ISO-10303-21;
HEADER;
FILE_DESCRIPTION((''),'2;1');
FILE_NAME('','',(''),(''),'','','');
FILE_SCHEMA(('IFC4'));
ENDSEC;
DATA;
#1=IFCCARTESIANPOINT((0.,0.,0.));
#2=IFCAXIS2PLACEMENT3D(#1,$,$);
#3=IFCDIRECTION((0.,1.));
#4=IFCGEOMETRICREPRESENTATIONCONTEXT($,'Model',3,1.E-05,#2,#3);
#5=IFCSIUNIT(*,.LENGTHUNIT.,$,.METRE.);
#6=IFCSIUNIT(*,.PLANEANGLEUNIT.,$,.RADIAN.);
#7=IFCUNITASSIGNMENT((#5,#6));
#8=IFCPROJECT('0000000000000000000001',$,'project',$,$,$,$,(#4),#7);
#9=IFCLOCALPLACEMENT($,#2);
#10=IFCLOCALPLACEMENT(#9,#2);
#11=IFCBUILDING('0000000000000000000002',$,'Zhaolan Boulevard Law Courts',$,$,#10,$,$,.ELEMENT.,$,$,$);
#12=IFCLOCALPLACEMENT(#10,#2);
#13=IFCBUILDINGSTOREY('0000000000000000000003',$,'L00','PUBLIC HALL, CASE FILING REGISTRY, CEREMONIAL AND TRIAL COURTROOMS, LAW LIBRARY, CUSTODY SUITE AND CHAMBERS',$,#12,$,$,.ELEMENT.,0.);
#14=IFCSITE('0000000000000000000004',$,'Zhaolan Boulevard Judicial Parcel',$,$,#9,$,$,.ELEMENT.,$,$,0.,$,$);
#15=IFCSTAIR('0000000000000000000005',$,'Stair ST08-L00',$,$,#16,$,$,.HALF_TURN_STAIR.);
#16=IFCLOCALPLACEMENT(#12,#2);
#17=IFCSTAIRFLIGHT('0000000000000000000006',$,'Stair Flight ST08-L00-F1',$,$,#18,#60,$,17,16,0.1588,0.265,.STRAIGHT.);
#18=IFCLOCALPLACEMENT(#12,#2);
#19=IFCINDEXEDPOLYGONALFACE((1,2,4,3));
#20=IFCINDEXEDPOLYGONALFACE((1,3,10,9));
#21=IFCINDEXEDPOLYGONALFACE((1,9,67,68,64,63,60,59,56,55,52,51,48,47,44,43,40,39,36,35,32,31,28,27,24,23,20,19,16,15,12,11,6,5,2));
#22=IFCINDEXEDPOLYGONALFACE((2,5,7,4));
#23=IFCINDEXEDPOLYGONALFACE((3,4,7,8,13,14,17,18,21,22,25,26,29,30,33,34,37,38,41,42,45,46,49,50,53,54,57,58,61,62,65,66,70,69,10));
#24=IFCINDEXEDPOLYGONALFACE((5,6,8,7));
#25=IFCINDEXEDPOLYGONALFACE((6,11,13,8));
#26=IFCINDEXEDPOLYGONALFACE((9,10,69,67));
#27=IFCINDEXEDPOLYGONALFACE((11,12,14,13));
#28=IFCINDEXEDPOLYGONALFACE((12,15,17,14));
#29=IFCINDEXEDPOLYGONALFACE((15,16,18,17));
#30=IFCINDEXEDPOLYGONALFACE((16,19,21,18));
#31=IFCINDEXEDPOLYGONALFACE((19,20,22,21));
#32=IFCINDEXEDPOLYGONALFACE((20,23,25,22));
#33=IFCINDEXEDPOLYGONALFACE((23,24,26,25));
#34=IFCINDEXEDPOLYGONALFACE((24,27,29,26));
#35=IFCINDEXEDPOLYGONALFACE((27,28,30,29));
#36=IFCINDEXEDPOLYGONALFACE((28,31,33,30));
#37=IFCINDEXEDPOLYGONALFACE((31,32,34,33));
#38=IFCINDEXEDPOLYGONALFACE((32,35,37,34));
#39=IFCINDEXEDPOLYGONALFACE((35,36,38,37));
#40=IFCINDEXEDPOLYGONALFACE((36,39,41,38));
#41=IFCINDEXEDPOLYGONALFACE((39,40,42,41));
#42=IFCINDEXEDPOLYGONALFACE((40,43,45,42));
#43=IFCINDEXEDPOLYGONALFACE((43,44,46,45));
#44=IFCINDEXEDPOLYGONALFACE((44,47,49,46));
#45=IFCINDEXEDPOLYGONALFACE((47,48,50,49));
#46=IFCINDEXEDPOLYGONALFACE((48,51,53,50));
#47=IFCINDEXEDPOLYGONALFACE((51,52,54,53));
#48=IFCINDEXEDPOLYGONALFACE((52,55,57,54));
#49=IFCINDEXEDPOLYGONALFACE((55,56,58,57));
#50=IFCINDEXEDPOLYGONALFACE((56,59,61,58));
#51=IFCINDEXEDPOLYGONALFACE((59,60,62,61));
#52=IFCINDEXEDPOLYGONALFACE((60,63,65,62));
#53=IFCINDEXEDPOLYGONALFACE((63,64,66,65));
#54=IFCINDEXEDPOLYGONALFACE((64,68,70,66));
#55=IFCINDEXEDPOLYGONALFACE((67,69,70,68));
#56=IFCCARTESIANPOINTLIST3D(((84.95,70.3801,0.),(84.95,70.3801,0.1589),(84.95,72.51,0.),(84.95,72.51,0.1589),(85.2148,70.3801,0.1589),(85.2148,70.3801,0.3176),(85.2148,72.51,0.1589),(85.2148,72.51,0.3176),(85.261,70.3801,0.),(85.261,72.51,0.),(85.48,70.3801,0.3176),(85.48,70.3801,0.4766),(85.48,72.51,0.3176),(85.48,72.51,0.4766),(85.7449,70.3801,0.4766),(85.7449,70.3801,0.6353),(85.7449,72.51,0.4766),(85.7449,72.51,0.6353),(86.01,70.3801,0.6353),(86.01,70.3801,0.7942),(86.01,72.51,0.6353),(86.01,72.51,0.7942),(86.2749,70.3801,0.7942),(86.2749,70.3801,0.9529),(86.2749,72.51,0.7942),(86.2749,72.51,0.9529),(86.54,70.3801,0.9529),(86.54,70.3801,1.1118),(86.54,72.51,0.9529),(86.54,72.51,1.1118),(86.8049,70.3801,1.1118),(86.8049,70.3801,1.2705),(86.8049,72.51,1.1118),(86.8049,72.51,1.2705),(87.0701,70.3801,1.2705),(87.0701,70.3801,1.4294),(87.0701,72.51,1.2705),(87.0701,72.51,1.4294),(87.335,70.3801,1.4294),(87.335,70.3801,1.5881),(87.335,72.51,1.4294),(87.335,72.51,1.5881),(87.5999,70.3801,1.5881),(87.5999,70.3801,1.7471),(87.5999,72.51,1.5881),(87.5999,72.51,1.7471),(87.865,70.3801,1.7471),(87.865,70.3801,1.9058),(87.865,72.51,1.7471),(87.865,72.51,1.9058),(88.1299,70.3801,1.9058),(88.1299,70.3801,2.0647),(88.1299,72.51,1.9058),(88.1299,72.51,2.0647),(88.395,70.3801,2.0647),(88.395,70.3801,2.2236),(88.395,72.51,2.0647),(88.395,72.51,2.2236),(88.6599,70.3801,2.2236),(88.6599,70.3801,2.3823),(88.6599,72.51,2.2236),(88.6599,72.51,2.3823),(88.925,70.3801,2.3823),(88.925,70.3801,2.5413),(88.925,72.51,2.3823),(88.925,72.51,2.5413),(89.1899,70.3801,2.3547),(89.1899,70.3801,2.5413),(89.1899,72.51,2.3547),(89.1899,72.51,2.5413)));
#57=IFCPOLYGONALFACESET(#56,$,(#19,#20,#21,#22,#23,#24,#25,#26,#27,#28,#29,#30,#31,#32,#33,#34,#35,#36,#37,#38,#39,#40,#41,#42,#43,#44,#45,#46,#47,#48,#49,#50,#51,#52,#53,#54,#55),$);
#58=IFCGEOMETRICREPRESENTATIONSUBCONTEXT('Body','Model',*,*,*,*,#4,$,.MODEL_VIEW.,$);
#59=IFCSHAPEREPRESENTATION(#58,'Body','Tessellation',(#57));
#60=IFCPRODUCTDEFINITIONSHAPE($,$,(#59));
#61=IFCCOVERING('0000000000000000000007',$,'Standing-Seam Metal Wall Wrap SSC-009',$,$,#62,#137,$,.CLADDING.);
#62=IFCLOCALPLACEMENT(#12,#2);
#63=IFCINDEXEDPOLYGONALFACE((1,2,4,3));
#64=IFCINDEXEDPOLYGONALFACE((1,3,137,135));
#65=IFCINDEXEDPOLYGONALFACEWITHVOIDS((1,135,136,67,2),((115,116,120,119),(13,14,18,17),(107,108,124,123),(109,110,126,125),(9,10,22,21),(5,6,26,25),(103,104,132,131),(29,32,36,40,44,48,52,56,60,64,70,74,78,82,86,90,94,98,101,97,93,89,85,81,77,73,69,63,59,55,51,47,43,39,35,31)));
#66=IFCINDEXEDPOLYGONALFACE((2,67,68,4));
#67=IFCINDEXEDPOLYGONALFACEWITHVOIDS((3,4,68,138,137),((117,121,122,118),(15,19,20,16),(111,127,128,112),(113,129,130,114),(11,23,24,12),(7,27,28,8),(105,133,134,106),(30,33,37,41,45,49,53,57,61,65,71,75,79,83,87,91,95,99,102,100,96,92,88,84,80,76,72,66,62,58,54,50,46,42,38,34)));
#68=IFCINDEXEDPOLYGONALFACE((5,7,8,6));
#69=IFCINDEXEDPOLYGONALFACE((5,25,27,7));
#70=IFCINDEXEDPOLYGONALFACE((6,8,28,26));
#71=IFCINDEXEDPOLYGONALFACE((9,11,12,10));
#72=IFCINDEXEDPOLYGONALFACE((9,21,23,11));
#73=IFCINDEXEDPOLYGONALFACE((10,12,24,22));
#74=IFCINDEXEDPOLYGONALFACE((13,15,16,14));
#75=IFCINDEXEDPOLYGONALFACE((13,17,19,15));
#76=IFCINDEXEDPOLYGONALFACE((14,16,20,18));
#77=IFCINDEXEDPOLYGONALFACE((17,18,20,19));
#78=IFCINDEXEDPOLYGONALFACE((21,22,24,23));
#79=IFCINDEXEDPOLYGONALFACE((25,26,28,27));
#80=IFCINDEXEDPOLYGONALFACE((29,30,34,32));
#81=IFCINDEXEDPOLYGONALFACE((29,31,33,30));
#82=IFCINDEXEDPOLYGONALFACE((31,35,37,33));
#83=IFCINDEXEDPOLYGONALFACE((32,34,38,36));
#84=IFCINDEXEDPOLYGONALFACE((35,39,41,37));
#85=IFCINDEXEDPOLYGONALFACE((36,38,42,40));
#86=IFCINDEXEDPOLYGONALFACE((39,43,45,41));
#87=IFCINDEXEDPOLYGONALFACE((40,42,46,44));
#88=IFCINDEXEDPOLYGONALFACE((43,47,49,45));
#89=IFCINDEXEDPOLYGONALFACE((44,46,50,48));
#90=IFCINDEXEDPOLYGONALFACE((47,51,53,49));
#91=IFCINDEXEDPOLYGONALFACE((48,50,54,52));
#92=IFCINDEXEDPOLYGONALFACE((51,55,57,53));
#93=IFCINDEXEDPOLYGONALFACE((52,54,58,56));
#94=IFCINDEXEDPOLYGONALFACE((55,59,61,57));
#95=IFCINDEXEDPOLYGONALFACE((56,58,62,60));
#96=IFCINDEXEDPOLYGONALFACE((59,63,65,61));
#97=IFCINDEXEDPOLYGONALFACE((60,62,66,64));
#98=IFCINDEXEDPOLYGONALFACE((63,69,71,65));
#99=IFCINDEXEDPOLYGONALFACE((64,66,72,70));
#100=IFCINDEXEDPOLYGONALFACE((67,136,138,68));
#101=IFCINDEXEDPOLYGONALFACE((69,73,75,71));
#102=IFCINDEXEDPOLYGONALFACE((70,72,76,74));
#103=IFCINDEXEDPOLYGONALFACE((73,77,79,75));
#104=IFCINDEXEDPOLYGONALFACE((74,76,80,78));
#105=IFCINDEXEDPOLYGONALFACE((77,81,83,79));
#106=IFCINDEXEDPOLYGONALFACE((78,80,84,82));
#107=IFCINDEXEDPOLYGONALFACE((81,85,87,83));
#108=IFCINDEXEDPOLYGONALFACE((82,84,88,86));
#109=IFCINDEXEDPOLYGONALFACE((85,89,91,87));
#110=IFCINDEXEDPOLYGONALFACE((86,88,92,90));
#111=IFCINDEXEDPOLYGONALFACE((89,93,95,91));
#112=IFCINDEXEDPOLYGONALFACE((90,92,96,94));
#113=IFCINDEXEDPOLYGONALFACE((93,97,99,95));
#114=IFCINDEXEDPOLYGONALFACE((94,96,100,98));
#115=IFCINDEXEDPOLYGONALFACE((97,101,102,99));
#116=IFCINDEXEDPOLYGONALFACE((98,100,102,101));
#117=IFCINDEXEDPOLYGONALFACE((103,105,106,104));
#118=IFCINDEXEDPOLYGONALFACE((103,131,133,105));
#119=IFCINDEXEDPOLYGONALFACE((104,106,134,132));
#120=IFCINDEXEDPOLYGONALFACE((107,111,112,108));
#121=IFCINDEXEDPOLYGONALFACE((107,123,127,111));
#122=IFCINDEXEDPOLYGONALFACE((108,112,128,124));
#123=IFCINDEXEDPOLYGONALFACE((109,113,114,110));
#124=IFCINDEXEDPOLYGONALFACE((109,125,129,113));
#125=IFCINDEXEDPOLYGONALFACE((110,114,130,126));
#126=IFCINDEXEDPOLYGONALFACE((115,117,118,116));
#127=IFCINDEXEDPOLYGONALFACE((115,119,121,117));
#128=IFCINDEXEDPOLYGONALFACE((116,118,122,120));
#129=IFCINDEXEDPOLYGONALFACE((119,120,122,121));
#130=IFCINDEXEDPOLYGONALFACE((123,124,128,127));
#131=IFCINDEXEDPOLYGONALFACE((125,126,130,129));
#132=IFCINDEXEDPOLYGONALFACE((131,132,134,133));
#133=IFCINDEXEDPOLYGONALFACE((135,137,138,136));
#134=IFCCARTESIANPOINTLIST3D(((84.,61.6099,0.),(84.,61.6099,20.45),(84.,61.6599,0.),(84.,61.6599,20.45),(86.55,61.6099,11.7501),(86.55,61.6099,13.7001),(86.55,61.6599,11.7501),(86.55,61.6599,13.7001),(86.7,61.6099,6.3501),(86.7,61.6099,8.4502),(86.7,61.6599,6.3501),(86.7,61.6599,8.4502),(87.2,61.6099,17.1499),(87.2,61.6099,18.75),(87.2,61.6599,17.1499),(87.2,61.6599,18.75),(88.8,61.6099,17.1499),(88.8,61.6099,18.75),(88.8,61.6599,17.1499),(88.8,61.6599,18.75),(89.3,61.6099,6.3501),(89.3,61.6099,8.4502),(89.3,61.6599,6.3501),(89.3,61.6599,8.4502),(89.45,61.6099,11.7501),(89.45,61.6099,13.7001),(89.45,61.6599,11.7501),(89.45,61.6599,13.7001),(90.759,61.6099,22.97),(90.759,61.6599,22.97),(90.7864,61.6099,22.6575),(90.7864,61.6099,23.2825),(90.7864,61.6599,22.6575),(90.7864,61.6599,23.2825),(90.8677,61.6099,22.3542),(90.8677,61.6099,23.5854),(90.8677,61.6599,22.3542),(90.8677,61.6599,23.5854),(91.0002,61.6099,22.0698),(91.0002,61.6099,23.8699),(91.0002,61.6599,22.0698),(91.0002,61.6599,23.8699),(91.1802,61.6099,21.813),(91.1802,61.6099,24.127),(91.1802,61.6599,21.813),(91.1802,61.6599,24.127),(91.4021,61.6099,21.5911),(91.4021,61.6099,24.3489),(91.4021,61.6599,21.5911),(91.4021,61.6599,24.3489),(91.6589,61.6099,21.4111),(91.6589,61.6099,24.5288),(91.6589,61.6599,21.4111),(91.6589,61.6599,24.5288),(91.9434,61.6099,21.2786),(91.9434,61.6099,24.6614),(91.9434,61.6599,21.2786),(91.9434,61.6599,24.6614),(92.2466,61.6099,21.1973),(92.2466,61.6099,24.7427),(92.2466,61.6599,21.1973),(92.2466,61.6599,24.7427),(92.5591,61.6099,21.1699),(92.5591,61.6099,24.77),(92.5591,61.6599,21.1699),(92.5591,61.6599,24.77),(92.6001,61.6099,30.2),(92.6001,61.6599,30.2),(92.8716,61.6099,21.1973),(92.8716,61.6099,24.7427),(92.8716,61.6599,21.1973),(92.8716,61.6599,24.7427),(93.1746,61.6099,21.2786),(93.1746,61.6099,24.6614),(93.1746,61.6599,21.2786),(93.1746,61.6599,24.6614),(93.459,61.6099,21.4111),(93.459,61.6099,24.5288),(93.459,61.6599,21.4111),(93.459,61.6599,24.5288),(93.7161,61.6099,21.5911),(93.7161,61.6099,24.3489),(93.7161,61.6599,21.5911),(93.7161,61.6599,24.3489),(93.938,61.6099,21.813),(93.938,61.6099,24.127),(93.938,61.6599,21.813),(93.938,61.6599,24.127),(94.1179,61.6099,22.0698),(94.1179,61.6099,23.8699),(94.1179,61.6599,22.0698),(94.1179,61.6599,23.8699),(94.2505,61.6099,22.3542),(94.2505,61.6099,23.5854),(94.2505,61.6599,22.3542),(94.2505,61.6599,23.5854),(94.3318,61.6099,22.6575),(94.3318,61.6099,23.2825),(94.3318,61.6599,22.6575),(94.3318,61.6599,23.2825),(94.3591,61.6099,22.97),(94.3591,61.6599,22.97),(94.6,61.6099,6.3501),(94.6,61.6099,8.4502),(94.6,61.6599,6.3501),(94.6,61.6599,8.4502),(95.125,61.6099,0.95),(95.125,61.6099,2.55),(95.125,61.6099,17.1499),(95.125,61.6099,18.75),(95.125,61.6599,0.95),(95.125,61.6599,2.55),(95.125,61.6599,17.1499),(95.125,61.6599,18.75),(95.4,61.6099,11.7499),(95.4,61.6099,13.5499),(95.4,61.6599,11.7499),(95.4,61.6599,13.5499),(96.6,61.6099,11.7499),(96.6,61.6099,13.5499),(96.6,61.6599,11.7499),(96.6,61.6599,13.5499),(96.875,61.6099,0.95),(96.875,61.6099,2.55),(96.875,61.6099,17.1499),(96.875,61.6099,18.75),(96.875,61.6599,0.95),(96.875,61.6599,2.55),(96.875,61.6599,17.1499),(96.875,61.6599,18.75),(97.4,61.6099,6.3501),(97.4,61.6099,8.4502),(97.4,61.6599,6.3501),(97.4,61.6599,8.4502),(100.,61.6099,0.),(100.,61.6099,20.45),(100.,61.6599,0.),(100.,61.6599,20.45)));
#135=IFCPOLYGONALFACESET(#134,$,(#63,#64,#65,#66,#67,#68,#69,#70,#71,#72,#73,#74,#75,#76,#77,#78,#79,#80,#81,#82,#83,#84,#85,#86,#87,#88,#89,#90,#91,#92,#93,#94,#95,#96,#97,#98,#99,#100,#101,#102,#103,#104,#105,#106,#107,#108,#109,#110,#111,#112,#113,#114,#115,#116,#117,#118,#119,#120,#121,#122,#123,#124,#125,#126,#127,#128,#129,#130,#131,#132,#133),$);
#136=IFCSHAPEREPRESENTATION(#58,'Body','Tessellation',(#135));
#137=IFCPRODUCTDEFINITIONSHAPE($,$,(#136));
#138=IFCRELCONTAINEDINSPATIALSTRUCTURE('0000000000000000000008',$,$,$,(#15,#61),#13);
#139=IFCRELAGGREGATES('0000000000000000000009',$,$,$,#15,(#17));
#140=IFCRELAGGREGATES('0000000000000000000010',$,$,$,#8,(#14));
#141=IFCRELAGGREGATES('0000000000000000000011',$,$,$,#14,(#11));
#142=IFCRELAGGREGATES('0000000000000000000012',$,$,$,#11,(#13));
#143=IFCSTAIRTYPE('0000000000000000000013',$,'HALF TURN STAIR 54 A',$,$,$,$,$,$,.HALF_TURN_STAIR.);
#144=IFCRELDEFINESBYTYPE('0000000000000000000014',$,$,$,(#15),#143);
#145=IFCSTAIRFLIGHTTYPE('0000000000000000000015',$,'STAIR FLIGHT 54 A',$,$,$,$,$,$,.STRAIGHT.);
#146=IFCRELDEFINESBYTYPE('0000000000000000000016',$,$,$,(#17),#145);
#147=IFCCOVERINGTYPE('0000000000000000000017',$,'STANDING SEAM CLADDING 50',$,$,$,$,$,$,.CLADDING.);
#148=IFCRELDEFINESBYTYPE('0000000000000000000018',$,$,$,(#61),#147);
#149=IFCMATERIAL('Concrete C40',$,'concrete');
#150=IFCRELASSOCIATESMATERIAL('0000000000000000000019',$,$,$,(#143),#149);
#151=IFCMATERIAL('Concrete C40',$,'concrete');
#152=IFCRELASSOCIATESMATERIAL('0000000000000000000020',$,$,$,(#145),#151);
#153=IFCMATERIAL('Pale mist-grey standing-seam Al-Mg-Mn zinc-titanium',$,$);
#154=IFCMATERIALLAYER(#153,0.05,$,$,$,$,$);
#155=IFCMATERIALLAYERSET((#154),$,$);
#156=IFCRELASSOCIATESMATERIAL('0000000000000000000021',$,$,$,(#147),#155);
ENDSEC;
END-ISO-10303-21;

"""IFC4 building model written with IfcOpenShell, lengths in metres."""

from ifc_helpers import new_model, si_unit, direction, frame, frame_2d, origin, place, context, subcontext, project, spatial, polyline, rectangle, outline, extrude, material, layer, layer_set, type_object, element, aggregate, save


model = new_model("IFC4")

# Units and contexts
model_context = context("Model", 3, precision=1e-05, world=origin(), true_north=direction((0.0, 1.0)))
body_context = subcontext(model_context, "Body", "Model", "MODEL_VIEW")
ifc_project = project(units=[si_unit("LENGTHUNIT", "METRE"), si_unit("PLANEANGLEUNIT", "RADIAN")], contexts=[model_context])

# Site, building, storey
site_placement = place(None, origin())
site = spatial("IfcSite", under=ifc_project, at=site_placement, Name="Zhaolan Boulevard Judicial Parcel", CompositionType="ELEMENT", RefElevation=0.0)
building_placement = place(site_placement, origin())
building = spatial("IfcBuilding", under=site, at=building_placement, Name="Zhaolan Boulevard Law Courts", CompositionType="ELEMENT")
storey_placement = place(building_placement, origin())
storey = spatial("IfcBuildingStorey", under=building, at=storey_placement, Name="L00", Description="PUBLIC HALL, CASE FILING REGISTRY, CEREMONIAL AND TRIAL COURTROOMS, LAW LIBRARY, CUSTODY SUITE AND CHAMBERS", CompositionType="ELEMENT", Elevation=0.0)

# Stair, stair flight
ifc_material_1 = material(Name="Concrete C40", Category="concrete")
stair_type = type_object("IfcStairType", Name="HALF TURN STAIR 54 A", PredefinedType="HALF_TURN_STAIR", material=ifc_material_1)
stair_placement = place(storey_placement, origin())
stair = element("IfcStair", 1, at=stair_placement, inside=storey, type_object=stair_type, Name="Stair ST08-L00", PredefinedType="HALF_TURN_STAIR")
ifc_material_2 = material(Name="Concrete C40", Category="concrete")
stair_flight_type = type_object("IfcStairFlightType", Name="STAIR FLIGHT 54 A", PredefinedType="STRAIGHT", material=ifc_material_2)
stair_flight_placement = place(storey_placement, frame((84.95, 71.4451, 0.0), z_axis=(0.0, 0.0, 1.0), x_axis=(1.0, 0.0, 0.0)))
stair_flight = element("IfcStairFlight", 2, at=stair_flight_placement, type_object=stair_flight_type, Name="Stair Flight ST08-L00-F1", NumberOfRisers=17, NumberOfTreads=16, PredefinedType="STRAIGHT", RiserHeight=0.1588, TreadLength=0.265, context=body_context, shape_type="SweptSolid", body=[
    extrude(outline(polyline([(0.0, 0.0), (0.0, 0.1589), (0.2649, 0.1589), (0.2649, 0.3176), (0.53, 0.3176), (0.53, 0.4766), (0.7949, 0.4766), (0.7949, 0.6353), (1.0601, 0.6353), (1.0601, 0.7942), (1.325, 0.7942), (1.325, 0.9529), (1.5901, 0.9529), (1.5901, 1.1118), (1.855, 1.1118), (1.855, 1.2705), (2.1201, 1.2705), (2.1201, 1.4294), (2.385, 1.4294), (2.385, 1.5881), (2.6499, 1.5881), (2.6499, 1.7471), (2.915, 1.7471), (2.915, 1.9058), (3.1799, 1.9058), (3.1799, 2.0647), (3.4451, 2.0647), (3.4451, 2.2236), (3.71, 2.2236), (3.71, 2.3823), (3.9751, 2.3823), (3.9751, 2.5413), (4.24, 2.5413), (4.24, 2.7), (4.24, 2.3547), (0.311, 0.0), (0.0, 0.0)])), frame((0.0, 1.0649, 0.0), z_axis=(0.0, -1.0, 0.0), x_axis=(1.0, 0.0, 0.0)), (0.0, 0.0, 1.0), 2.1299),
])
aggregate(stair, [stair_flight])

# Covering, openings
ifc_material_3 = material(Name="Pale mist-grey standing-seam Al-Mg-Mn zinc-titanium")
ifc_layer_1 = layer(ifc_material_3, 0.05)
ifc_layer_set_1 = layer_set([ifc_layer_1])
covering_type = type_object("IfcCoveringType", Name="STANDING SEAM CLADDING 50", PredefinedType="CLADDING", material=ifc_layer_set_1)
covering_placement = place(storey_placement, frame((84.0, 61.635, 0.0), z_axis=(0.0, 0.0, 1.0), x_axis=(1.0, 0.0, 0.0)))
covering = element("IfcCovering", 3, at=covering_placement, inside=storey, type_object=covering_type, Name="Standing-Seam Metal Wall Wrap SSC-009", PredefinedType="CLADDING", context=body_context, shape_type="SweptSolid", body=[
    extrude(outline(polyline([(0.0, 0.0), (16.0, 0.0), (16.0, 20.45), (8.6001, 30.2), (0.0, 20.45), (0.0, 0.0)])), frame((0.0, 0.0249, 0.0), z_axis=(0.0, -1.0, 0.0), x_axis=(1.0, 0.0, 0.0)), (0.0, 0.0, 1.0), 0.05),
])
opening_1_placement = place(storey_placement, frame((95.125, 61.635, 0.95), z_axis=(0.0, 0.0, 1.0), x_axis=(1.0, 0.0, 0.0)))
element("IfcOpeningElement", 4, at=opening_1_placement, cuts=covering, PredefinedType="OPENING", context=body_context, shape_type="SweptSolid", body=[
    extrude(rectangle(XDim=1.75, YDim=1.6001, at=frame_2d((0.875, 0.8))), frame((0.0, 0.1499, 0.0), z_axis=(0.0, -1.0, 0.0), x_axis=(1.0, 0.0, 0.0)), (0.0, 0.0, 1.0), 0.3),
])
opening_2_placement = place(storey_placement, frame((86.7, 61.635, 6.3501), z_axis=(0.0, 0.0, 1.0), x_axis=(1.0, 0.0, 0.0)))
element("IfcOpeningElement", 5, at=opening_2_placement, cuts=covering, PredefinedType="OPENING", context=body_context, shape_type="SweptSolid", body=[
    extrude(rectangle(XDim=2.6001, YDim=2.1001, at=frame_2d((1.3, 1.05))), frame((0.0, 0.1499, 0.0), z_axis=(0.0, -1.0, 0.0), x_axis=(1.0, 0.0, 0.0)), (0.0, 0.0, 1.0), 0.3),
])
opening_3_placement = place(storey_placement, frame((94.6001, 61.635, 6.3501), z_axis=(0.0, 0.0, 1.0), x_axis=(1.0, 0.0, 0.0)))
element("IfcOpeningElement", 6, at=opening_3_placement, cuts=covering, PredefinedType="OPENING", context=body_context, shape_type="SweptSolid", body=[
    extrude(rectangle(XDim=2.8, YDim=2.1001, at=frame_2d((1.3999, 1.05))), frame((0.0, 0.1499, 0.0), z_axis=(0.0, -1.0, 0.0), x_axis=(1.0, 0.0, 0.0)), (0.0, 0.0, 1.0), 0.3),
])
opening_4_placement = place(storey_placement, frame((86.55, 61.635, 11.75), z_axis=(0.0, 0.0, 1.0), x_axis=(1.0, 0.0, 0.0)))
element("IfcOpeningElement", 7, at=opening_4_placement, cuts=covering, PredefinedType="OPENING", context=body_context, shape_type="SweptSolid", body=[
    extrude(rectangle(XDim=2.8999, YDim=1.95, at=frame_2d((1.45, 0.9751))), frame((0.0, 0.1499, 0.0), z_axis=(0.0, -1.0, 0.0), x_axis=(1.0, 0.0, 0.0)), (0.0, 0.0, 1.0), 0.3),
])
opening_5_placement = place(storey_placement, frame((95.3999, 61.635, 11.75), z_axis=(0.0, 0.0, 1.0), x_axis=(1.0, 0.0, 0.0)))
element("IfcOpeningElement", 8, at=opening_5_placement, cuts=covering, PredefinedType="OPENING", context=body_context, shape_type="SweptSolid", body=[
    extrude(rectangle(XDim=1.2, YDim=1.8, at=frame_2d((0.6001, 0.8999))), frame((0.0, 0.1499, 0.0), z_axis=(0.0, -1.0, 0.0), x_axis=(1.0, 0.0, 0.0)), (0.0, 0.0, 1.0), 0.3),
])
opening_6_placement = place(storey_placement, frame((87.2, 61.635, 17.1499), z_axis=(0.0, 0.0, 1.0), x_axis=(1.0, 0.0, 0.0)))
element("IfcOpeningElement", 9, at=opening_6_placement, cuts=covering, PredefinedType="OPENING", context=body_context, shape_type="SweptSolid", body=[
    extrude(rectangle(XDim=1.6001, YDim=1.6001, at=frame_2d((0.8, 0.8))), frame((0.0, 0.1499, 0.0), z_axis=(0.0, -1.0, 0.0), x_axis=(1.0, 0.0, 0.0)), (0.0, 0.0, 1.0), 0.3),
])
opening_7_placement = place(storey_placement, frame((95.125, 61.635, 17.1499), z_axis=(0.0, 0.0, 1.0), x_axis=(1.0, 0.0, 0.0)))
element("IfcOpeningElement", 10, at=opening_7_placement, cuts=covering, PredefinedType="OPENING", context=body_context, shape_type="SweptSolid", body=[
    extrude(rectangle(XDim=1.75, YDim=1.6001, at=frame_2d((0.875, 0.8))), frame((0.0, 0.1499, 0.0), z_axis=(0.0, -1.0, 0.0), x_axis=(1.0, 0.0, 0.0)), (0.0, 0.0, 1.0), 0.3),
])
opening_8_placement = place(storey_placement, frame((90.759, 61.635, 21.1699), z_axis=(0.0, 0.0, 1.0), x_axis=(1.0, 0.0, 0.0)))
element("IfcOpeningElement", 11, at=opening_8_placement, cuts=covering, PredefinedType="OPENING", context=body_context, shape_type="SweptSolid", body=[
    extrude(outline(polyline([(3.6001, 1.8), (3.5728, 2.1125), (3.4915, 2.4155), (3.3589, 2.7), (3.179, 2.957), (2.957, 3.179), (2.7, 3.3589), (2.4155, 3.4915), (2.1125, 3.5728), (1.8, 3.6001), (1.4875, 3.5728), (1.1843, 3.4915), (0.8999, 3.3589), (0.6431, 3.179), (0.4211, 2.957), (0.2412, 2.7), (0.1086, 2.4155), (0.0273, 2.1125), (0.0, 1.8), (0.0273, 1.4875), (0.1086, 1.1843), (0.2412, 0.8999), (0.4211, 0.6431), (0.6431, 0.4211), (0.8999, 0.2412), (1.1843, 0.1086), (1.4875, 0.0273), (1.8, 0.0), (2.1125, 0.0273), (2.4155, 0.1086), (2.7, 0.2412), (2.957, 0.4211), (3.179, 0.6431), (3.3589, 0.8999), (3.4915, 1.1843), (3.5728, 1.4875), (3.6001, 1.8)])), frame((0.0, 0.1499, 0.0), z_axis=(0.0, -1.0, 0.0), x_axis=(1.0, 0.0, 0.0)), (0.0, 0.0, 1.0), 0.3),
])

save(model, "model.ifc")
